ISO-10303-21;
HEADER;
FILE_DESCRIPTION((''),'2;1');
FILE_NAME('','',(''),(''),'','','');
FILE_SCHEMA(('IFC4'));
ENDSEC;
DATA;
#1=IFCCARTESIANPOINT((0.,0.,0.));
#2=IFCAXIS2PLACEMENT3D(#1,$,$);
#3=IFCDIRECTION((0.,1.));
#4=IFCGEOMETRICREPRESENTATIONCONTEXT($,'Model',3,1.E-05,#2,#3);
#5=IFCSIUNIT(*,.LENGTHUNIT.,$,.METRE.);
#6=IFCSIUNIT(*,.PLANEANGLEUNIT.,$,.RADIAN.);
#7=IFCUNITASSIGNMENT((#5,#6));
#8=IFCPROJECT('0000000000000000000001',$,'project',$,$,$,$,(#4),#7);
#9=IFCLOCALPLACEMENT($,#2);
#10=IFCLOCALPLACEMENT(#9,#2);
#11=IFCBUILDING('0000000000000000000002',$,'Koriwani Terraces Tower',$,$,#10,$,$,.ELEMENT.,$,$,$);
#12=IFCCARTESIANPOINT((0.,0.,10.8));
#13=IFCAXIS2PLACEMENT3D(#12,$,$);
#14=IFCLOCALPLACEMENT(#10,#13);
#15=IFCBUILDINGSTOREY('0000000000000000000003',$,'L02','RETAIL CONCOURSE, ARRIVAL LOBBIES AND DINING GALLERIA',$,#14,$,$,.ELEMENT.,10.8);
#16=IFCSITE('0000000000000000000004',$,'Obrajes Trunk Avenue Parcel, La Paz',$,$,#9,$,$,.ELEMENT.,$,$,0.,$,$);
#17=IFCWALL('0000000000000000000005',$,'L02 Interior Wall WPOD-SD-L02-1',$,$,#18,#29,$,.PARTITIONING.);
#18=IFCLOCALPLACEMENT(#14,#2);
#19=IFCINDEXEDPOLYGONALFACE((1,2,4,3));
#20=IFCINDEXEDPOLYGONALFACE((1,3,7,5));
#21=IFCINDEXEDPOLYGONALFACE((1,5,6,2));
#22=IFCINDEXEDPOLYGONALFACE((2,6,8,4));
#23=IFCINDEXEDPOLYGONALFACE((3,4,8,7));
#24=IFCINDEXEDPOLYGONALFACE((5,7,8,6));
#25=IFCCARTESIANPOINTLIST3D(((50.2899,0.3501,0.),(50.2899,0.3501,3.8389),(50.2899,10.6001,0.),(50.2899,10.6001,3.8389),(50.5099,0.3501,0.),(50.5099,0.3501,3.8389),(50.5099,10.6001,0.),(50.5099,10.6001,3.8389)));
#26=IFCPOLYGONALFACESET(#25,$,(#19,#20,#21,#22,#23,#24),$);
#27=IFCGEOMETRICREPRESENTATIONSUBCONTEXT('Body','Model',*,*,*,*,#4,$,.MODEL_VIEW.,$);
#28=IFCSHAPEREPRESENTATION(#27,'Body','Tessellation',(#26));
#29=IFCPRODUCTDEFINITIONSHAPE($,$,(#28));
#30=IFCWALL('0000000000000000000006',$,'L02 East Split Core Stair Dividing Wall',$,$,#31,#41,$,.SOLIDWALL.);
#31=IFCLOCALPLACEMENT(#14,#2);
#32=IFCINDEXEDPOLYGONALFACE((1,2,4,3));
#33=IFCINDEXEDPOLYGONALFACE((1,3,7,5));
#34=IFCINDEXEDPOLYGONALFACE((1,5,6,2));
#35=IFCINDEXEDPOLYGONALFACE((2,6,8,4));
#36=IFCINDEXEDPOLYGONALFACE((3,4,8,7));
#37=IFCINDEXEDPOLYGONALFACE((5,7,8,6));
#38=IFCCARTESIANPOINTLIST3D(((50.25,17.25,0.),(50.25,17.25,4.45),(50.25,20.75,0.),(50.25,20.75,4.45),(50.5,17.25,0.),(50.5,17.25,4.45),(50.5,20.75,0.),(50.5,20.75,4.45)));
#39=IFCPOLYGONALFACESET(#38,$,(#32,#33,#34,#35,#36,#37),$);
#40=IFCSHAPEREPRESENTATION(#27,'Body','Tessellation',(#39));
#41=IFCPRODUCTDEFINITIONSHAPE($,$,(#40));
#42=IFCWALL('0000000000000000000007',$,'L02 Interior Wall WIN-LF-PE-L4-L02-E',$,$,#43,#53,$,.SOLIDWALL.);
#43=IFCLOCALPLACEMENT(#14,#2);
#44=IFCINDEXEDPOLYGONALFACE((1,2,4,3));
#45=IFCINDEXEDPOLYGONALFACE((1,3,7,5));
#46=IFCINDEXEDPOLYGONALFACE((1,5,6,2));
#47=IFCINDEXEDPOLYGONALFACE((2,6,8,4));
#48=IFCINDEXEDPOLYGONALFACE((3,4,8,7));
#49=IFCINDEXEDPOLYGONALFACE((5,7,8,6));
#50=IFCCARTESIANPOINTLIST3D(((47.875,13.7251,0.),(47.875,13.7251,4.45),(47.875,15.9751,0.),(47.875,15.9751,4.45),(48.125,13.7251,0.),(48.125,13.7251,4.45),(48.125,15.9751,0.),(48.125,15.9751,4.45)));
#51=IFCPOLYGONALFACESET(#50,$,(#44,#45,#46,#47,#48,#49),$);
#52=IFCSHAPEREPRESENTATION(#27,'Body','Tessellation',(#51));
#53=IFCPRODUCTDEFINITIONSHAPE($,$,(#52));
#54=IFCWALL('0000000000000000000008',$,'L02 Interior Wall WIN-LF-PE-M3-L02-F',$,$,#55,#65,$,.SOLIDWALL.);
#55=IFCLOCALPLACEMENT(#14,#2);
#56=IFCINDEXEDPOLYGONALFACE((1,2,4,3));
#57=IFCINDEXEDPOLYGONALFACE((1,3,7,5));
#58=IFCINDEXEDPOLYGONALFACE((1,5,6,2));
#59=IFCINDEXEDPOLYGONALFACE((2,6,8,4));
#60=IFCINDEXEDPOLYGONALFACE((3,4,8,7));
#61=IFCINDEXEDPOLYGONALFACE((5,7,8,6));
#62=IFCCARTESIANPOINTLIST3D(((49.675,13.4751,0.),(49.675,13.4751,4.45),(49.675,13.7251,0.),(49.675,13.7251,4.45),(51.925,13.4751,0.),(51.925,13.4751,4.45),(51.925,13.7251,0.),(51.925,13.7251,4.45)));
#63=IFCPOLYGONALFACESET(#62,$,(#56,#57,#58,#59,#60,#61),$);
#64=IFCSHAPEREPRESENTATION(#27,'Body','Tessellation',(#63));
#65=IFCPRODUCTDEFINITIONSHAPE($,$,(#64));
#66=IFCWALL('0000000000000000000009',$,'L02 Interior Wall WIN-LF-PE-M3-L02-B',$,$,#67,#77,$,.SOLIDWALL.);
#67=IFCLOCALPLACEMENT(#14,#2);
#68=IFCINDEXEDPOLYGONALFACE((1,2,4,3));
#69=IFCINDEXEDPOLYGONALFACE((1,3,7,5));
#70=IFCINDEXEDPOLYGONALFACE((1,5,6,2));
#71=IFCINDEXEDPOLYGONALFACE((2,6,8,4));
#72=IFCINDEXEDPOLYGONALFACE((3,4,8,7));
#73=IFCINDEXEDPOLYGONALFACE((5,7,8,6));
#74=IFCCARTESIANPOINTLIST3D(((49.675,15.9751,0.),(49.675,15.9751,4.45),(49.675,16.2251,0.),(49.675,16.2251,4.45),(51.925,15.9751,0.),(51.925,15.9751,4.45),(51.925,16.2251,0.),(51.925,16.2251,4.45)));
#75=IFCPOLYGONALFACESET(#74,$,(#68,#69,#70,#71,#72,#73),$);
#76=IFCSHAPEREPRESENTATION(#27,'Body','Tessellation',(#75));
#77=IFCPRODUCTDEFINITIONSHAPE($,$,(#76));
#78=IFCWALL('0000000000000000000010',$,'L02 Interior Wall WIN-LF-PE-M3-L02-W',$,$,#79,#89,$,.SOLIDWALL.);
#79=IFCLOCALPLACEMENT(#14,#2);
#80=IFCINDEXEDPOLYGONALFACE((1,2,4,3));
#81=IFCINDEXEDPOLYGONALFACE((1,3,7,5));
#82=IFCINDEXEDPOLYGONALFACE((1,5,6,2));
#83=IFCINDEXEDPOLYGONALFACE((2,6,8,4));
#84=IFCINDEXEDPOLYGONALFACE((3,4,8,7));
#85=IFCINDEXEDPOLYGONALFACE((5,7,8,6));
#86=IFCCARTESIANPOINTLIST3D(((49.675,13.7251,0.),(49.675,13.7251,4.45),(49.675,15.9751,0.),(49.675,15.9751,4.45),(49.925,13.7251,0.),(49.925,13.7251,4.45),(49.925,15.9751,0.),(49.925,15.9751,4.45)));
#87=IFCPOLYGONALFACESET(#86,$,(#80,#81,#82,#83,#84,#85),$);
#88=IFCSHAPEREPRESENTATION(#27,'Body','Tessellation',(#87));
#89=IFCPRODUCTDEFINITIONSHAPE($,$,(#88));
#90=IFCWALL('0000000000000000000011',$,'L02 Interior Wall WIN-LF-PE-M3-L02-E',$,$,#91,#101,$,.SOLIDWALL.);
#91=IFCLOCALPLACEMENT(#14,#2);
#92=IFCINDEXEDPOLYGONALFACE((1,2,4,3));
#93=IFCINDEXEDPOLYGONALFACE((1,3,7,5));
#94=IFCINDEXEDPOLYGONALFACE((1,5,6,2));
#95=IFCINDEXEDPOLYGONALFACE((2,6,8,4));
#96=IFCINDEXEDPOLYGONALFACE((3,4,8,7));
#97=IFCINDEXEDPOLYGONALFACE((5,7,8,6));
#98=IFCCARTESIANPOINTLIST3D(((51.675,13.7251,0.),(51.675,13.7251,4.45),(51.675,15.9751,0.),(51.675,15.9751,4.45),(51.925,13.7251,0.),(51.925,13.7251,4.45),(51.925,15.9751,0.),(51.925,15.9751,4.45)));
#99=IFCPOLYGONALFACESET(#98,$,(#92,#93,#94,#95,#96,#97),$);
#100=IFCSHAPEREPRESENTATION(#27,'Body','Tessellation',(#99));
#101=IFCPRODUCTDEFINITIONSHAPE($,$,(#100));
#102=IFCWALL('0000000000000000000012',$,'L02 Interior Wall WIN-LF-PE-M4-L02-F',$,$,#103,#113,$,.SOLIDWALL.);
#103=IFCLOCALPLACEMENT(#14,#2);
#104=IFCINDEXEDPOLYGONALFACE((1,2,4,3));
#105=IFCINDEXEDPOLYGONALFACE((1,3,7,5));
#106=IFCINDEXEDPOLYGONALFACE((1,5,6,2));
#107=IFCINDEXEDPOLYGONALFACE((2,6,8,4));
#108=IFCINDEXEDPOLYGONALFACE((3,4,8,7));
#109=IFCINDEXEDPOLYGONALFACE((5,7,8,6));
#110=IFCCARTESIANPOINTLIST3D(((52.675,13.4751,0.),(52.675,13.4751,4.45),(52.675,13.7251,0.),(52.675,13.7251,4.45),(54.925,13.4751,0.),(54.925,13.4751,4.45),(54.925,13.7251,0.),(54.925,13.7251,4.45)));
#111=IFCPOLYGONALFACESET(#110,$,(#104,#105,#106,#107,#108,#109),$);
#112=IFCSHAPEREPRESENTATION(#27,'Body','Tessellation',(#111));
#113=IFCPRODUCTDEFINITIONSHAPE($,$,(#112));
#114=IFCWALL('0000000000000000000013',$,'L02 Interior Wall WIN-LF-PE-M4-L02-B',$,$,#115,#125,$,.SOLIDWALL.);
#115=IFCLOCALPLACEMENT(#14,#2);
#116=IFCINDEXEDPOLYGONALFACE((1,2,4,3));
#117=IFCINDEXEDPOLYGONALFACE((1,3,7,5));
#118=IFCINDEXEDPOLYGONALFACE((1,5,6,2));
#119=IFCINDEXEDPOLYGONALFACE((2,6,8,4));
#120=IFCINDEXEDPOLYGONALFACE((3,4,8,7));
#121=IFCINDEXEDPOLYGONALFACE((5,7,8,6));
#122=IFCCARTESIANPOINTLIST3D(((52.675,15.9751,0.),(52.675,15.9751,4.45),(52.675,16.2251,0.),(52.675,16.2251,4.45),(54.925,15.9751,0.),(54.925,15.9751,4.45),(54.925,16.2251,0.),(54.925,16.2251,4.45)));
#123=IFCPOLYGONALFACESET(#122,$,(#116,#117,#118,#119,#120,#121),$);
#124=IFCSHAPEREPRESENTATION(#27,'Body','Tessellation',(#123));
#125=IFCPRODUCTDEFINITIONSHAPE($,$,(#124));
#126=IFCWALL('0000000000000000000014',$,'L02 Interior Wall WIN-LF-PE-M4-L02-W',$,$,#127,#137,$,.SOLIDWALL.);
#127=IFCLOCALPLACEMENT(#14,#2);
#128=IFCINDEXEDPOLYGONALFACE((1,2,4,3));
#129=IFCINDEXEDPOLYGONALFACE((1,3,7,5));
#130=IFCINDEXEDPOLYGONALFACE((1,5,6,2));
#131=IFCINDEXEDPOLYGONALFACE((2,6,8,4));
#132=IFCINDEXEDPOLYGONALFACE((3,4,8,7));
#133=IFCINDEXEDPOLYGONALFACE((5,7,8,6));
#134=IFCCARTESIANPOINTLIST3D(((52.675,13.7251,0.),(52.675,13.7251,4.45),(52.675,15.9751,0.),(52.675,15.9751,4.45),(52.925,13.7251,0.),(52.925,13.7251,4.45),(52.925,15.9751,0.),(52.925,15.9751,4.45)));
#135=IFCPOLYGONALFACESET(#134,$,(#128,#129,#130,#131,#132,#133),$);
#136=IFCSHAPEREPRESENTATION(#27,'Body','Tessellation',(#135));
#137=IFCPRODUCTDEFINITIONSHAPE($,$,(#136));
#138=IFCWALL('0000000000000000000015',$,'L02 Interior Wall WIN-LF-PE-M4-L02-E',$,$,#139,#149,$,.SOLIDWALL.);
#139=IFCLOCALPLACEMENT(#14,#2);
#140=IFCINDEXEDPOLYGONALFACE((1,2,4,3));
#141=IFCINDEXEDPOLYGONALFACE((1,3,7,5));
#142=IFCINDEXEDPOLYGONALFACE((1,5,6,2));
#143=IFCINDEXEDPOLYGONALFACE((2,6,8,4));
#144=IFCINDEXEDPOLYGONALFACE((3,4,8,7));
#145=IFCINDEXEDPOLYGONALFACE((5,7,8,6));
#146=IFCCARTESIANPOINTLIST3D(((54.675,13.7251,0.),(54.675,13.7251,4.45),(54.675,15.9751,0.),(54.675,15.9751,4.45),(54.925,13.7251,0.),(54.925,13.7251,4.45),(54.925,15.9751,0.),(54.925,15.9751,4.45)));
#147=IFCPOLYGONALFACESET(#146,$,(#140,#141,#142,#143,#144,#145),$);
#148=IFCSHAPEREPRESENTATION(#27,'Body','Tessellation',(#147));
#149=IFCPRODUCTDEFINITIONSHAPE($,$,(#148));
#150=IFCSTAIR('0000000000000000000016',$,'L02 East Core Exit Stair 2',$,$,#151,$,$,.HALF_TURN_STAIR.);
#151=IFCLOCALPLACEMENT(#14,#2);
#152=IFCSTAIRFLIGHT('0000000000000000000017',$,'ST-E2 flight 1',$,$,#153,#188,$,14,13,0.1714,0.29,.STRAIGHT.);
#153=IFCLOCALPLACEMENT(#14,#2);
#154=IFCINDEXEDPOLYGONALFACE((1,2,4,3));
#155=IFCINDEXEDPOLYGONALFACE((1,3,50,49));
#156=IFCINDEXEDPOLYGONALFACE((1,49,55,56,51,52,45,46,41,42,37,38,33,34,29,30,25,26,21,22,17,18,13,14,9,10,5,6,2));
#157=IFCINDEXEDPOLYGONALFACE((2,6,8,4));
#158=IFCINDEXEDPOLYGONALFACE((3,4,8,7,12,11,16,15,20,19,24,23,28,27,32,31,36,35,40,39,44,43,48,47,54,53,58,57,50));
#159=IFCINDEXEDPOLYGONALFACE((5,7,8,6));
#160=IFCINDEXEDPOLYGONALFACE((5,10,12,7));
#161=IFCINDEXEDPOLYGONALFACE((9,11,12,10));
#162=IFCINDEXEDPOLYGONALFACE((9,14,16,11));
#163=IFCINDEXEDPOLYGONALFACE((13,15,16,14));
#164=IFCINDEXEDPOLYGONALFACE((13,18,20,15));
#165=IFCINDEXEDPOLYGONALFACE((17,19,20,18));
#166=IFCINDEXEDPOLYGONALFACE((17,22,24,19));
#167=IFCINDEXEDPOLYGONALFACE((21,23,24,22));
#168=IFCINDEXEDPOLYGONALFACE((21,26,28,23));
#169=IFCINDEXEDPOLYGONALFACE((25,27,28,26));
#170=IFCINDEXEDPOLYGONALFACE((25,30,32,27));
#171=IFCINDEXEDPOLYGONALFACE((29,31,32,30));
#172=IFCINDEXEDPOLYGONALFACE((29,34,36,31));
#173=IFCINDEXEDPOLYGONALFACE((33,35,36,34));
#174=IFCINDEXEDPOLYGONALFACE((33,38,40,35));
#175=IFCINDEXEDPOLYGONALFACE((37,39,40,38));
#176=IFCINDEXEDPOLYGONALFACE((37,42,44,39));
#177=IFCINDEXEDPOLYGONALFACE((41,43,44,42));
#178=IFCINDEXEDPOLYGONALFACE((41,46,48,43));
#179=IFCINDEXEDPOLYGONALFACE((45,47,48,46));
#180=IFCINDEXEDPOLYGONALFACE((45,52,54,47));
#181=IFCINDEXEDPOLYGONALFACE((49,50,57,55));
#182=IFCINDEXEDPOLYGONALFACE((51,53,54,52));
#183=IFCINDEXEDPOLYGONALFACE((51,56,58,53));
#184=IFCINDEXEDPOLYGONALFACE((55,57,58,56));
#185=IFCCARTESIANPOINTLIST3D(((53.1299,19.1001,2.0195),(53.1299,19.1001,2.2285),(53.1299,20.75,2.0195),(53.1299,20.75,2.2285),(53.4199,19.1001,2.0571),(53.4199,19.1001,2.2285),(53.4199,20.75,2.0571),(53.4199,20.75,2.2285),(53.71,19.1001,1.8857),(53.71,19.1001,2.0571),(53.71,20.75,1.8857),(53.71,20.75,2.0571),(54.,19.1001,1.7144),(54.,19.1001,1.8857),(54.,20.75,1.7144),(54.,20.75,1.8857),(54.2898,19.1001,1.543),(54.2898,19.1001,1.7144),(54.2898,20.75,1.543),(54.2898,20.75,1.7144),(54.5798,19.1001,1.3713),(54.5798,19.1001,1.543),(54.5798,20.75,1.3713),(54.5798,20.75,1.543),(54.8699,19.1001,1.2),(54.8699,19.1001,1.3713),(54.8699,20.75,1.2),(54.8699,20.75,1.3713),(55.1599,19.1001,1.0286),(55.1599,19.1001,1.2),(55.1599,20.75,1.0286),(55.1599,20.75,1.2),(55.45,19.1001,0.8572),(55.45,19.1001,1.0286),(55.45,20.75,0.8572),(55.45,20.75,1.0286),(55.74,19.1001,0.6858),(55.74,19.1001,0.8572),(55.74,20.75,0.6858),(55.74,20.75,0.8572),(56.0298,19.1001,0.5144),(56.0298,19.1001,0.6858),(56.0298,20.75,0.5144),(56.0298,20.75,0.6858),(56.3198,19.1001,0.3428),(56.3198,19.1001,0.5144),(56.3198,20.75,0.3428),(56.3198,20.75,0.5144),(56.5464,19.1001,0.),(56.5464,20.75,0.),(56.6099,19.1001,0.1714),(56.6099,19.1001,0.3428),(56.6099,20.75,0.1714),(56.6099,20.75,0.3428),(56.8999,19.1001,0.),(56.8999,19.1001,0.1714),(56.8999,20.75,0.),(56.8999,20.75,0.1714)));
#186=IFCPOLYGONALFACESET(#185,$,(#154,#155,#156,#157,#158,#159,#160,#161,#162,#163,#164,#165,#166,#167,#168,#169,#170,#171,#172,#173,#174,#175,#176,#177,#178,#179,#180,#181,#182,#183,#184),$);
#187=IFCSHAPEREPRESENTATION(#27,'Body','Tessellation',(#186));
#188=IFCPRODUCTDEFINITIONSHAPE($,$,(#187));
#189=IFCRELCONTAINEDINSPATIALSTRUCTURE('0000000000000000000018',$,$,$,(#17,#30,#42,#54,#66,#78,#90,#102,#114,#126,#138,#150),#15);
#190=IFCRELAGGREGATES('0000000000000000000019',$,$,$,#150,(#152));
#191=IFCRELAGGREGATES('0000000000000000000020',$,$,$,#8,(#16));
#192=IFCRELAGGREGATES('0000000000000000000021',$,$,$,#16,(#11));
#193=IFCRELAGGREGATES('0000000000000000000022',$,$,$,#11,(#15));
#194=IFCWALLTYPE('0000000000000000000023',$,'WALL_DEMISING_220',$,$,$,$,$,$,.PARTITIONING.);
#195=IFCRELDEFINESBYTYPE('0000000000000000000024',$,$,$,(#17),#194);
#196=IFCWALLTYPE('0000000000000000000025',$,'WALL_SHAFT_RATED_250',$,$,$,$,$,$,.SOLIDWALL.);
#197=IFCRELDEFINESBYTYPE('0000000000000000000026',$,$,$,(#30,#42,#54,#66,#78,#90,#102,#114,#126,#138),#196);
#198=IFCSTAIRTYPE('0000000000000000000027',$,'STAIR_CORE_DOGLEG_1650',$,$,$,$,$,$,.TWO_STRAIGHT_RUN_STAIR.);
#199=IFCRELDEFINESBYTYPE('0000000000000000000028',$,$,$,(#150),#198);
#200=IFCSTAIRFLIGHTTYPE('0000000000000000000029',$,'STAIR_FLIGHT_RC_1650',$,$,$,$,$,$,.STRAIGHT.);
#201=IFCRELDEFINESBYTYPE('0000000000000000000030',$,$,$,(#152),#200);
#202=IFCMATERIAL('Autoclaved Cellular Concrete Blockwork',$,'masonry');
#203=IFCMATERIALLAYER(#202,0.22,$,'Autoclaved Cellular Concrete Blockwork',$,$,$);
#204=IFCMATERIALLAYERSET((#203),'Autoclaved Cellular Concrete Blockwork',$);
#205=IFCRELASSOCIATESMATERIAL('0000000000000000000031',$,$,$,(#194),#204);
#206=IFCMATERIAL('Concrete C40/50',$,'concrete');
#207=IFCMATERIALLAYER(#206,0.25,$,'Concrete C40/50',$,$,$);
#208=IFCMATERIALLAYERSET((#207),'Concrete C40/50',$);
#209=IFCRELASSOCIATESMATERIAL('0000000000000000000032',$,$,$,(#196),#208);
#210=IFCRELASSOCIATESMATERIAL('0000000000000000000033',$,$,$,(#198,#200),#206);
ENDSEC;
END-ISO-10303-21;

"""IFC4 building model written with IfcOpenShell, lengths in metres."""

from ifc_helpers import new_model, si_unit, direction, frame, frame_2d, origin, place, context, subcontext, project, spatial, polyline, rectangle, outline, extrude, material, layer, layer_set, type_object, element, aggregate, save


model = new_model("IFC4")

# Units and contexts
model_context = context("Model", 3, precision=1e-05, world=origin(), true_north=direction((0.0, 1.0)))
body_context = subcontext(model_context, "Body", "Model", "MODEL_VIEW")
ifc_project = project(units=[si_unit("LENGTHUNIT", "METRE"), si_unit("PLANEANGLEUNIT", "RADIAN")], contexts=[model_context])

# Site, building, storey
site_placement = place(None, origin())
site = spatial("IfcSite", under=ifc_project, at=site_placement, Name="Obrajes Trunk Avenue Parcel, La Paz", CompositionType="ELEMENT", RefElevation=0.0)
building_placement = place(site_placement, origin())
building = spatial("IfcBuilding", under=site, at=building_placement, Name="Koriwani Terraces Tower", CompositionType="ELEMENT")
storey_placement = place(building_placement, frame((0.0, 0.0, 10.8)))
storey = spatial("IfcBuildingStorey", under=building, at=storey_placement, Name="L02", Description="RETAIL CONCOURSE, ARRIVAL LOBBIES AND DINING GALLERIA", CompositionType="ELEMENT", Elevation=10.8)

# Shared definitions
ifc_material_1 = material(Name="Concrete C40/50", Category="concrete")

# Walls
ifc_material_2 = material(Name="Autoclaved Cellular Concrete Blockwork", Category="masonry")
ifc_layer_1 = layer(ifc_material_2, 0.22, Name="Autoclaved Cellular Concrete Blockwork")
ifc_layer_set_1 = layer_set([ifc_layer_1], Name="Autoclaved Cellular Concrete Blockwork")
wall_type_1 = type_object("IfcWallType", Name="WALL_DEMISING_220", PredefinedType="PARTITIONING", material=ifc_layer_set_1)
wall_1_placement = place(storey_placement, frame((50.3999, 0.3501, 0.0), z_axis=(0.0, 0.0, 1.0), x_axis=(0.0, 1.0, 0.0)))
element("IfcWall", 1, at=wall_1_placement, inside=storey, type_object=wall_type_1, Name="L02 Interior Wall WPOD-SD-L02-1", PredefinedType="PARTITIONING", context=body_context, shape_type="SweptSolid", body=[
    extrude(rectangle(XDim=10.25, YDim=0.22, at=frame_2d((5.125, 0.0))), origin(), (0.0, 0.0, 1.0), 3.8389),
])
ifc_layer_2 = layer(ifc_material_1, 0.25, Name="Concrete C40/50")
ifc_layer_set_2 = layer_set([ifc_layer_2], Name="Concrete C40/50")
wall_type_2 = type_object("IfcWallType", Name="WALL_SHAFT_RATED_250", PredefinedType="SOLIDWALL", material=ifc_layer_set_2)
wall_2_placement = place(storey_placement, frame((50.375, 17.25, 0.0), z_axis=(0.0, 0.0, 1.0), x_axis=(0.0, 1.0, 0.0)))
element("IfcWall", 2, at=wall_2_placement, inside=storey, type_object=wall_type_2, Name="L02 East Split Core Stair Dividing Wall", PredefinedType="SOLIDWALL", context=body_context, shape_type="SweptSolid", body=[
    extrude(rectangle(XDim=3.5, YDim=0.25, at=frame_2d((1.75, 0.0))), origin(), (0.0, 0.0, 1.0), 4.45),
])

# Walls
for number, where, z_axis, x_axis, name in (
    (3, (48.0, 13.7251, 0.0), (0.0, 0.0, 1.0), (0.0, 1.0, 0.0), "L02 Interior Wall WIN-LF-PE-L4-L02-E"),
    (4, (49.675, 13.6001, 0.0), (0.0, 0.0, 1.0), (1.0, 0.0, 0.0), "L02 Interior Wall WIN-LF-PE-M3-L02-F"),
    (5, (49.675, 16.1001, 0.0), (0.0, 0.0, 1.0), (1.0, 0.0, 0.0), "L02 Interior Wall WIN-LF-PE-M3-L02-B"),
    (6, (49.8, 13.7251, 0.0), (0.0, 0.0, 1.0), (0.0, 1.0, 0.0), "L02 Interior Wall WIN-LF-PE-M3-L02-W"),
    (7, (51.8, 13.7251, 0.0), (0.0, 0.0, 1.0), (0.0, 1.0, 0.0), "L02 Interior Wall WIN-LF-PE-M3-L02-E"),
    (8, (52.675, 13.6001, 0.0), (0.0, 0.0, 1.0), (1.0, 0.0, 0.0), "L02 Interior Wall WIN-LF-PE-M4-L02-F"),
    (9, (52.675, 16.1001, 0.0), (0.0, 0.0, 1.0), (1.0, 0.0, 0.0), "L02 Interior Wall WIN-LF-PE-M4-L02-B"),
    (10, (52.8, 13.7251, 0.0), (0.0, 0.0, 1.0), (0.0, 1.0, 0.0), "L02 Interior Wall WIN-LF-PE-M4-L02-W"),
    (11, (54.8, 13.7251, 0.0), (0.0, 0.0, 1.0), (0.0, 1.0, 0.0), "L02 Interior Wall WIN-LF-PE-M4-L02-E"),
):
    element("IfcWall", number, at=place(storey_placement, frame(where, z_axis=z_axis, x_axis=x_axis)), inside=storey, type_object=wall_type_2, Name=name, PredefinedType="SOLIDWALL", context=body_context, shape_type="SweptSolid", body=[
        extrude(rectangle(XDim=2.25, YDim=0.25, at=frame_2d((1.125, 0.0))), origin(), (0.0, 0.0, 1.0), 4.45),
    ])

# Stair, stair flight
stair_type = type_object("IfcStairType", Name="STAIR_CORE_DOGLEG_1650", PredefinedType="TWO_STRAIGHT_RUN_STAIR", material=ifc_material_1)
stair_placement = place(storey_placement, origin())
stair = element("IfcStair", 12, at=stair_placement, inside=storey, type_object=stair_type, Name="L02 East Core Exit Stair 2", PredefinedType="HALF_TURN_STAIR")
stair_flight_type = type_object("IfcStairFlightType", Name="STAIR_FLIGHT_RC_1650", PredefinedType="STRAIGHT", material=ifc_material_1)
stair_flight_1_placement = place(storey_placement, frame((56.8999, 19.925, 0.0), z_axis=(0.0, 0.0, 1.0), x_axis=(-1.0, 0.0, 0.0)))
stair_flight_1 = element("IfcStairFlight", 13, at=stair_flight_1_placement, type_object=stair_flight_type, Name="ST-E2 flight 1", NumberOfRisers=14, NumberOfTreads=13, PredefinedType="STRAIGHT", RiserHeight=0.1714, TreadLength=0.29, context=body_context, shape_type="SweptSolid", body=[
    extrude(outline(polyline([(0.0, 0.0), (0.0, 0.1714), (0.29, 0.1714), (0.29, 0.3428), (0.5801, 0.3428), (0.5801, 0.5144), (0.8701, 0.5144), (0.8701, 0.6858), (1.1599, 0.6858), (1.1599, 0.8572), (1.45, 0.8572), (1.45, 1.0286), (1.74, 1.0286), (1.74, 1.2), (2.03, 1.2), (2.03, 1.3713), (2.3201, 1.3713), (2.3201, 1.543), (2.6101, 1.543), (2.6101, 1.7144), (2.8999, 1.7144), (2.8999, 1.8857), (3.1899, 1.8857), (3.1899, 2.0571), (3.48, 2.0571), (3.48, 2.2285), (3.77, 2.2285), (3.77, 2.3999), (3.77, 2.0195), (0.3535, 0.0), (0.0, 0.0)])), frame((0.0, 0.825, 0.0), z_axis=(0.0, -1.0, 0.0), x_axis=(1.0, 0.0, 0.0)), (0.0, 0.0, 1.0), 1.6499),
])
aggregate(stair, [stair_flight_1])

save(model, "model.ifc")
